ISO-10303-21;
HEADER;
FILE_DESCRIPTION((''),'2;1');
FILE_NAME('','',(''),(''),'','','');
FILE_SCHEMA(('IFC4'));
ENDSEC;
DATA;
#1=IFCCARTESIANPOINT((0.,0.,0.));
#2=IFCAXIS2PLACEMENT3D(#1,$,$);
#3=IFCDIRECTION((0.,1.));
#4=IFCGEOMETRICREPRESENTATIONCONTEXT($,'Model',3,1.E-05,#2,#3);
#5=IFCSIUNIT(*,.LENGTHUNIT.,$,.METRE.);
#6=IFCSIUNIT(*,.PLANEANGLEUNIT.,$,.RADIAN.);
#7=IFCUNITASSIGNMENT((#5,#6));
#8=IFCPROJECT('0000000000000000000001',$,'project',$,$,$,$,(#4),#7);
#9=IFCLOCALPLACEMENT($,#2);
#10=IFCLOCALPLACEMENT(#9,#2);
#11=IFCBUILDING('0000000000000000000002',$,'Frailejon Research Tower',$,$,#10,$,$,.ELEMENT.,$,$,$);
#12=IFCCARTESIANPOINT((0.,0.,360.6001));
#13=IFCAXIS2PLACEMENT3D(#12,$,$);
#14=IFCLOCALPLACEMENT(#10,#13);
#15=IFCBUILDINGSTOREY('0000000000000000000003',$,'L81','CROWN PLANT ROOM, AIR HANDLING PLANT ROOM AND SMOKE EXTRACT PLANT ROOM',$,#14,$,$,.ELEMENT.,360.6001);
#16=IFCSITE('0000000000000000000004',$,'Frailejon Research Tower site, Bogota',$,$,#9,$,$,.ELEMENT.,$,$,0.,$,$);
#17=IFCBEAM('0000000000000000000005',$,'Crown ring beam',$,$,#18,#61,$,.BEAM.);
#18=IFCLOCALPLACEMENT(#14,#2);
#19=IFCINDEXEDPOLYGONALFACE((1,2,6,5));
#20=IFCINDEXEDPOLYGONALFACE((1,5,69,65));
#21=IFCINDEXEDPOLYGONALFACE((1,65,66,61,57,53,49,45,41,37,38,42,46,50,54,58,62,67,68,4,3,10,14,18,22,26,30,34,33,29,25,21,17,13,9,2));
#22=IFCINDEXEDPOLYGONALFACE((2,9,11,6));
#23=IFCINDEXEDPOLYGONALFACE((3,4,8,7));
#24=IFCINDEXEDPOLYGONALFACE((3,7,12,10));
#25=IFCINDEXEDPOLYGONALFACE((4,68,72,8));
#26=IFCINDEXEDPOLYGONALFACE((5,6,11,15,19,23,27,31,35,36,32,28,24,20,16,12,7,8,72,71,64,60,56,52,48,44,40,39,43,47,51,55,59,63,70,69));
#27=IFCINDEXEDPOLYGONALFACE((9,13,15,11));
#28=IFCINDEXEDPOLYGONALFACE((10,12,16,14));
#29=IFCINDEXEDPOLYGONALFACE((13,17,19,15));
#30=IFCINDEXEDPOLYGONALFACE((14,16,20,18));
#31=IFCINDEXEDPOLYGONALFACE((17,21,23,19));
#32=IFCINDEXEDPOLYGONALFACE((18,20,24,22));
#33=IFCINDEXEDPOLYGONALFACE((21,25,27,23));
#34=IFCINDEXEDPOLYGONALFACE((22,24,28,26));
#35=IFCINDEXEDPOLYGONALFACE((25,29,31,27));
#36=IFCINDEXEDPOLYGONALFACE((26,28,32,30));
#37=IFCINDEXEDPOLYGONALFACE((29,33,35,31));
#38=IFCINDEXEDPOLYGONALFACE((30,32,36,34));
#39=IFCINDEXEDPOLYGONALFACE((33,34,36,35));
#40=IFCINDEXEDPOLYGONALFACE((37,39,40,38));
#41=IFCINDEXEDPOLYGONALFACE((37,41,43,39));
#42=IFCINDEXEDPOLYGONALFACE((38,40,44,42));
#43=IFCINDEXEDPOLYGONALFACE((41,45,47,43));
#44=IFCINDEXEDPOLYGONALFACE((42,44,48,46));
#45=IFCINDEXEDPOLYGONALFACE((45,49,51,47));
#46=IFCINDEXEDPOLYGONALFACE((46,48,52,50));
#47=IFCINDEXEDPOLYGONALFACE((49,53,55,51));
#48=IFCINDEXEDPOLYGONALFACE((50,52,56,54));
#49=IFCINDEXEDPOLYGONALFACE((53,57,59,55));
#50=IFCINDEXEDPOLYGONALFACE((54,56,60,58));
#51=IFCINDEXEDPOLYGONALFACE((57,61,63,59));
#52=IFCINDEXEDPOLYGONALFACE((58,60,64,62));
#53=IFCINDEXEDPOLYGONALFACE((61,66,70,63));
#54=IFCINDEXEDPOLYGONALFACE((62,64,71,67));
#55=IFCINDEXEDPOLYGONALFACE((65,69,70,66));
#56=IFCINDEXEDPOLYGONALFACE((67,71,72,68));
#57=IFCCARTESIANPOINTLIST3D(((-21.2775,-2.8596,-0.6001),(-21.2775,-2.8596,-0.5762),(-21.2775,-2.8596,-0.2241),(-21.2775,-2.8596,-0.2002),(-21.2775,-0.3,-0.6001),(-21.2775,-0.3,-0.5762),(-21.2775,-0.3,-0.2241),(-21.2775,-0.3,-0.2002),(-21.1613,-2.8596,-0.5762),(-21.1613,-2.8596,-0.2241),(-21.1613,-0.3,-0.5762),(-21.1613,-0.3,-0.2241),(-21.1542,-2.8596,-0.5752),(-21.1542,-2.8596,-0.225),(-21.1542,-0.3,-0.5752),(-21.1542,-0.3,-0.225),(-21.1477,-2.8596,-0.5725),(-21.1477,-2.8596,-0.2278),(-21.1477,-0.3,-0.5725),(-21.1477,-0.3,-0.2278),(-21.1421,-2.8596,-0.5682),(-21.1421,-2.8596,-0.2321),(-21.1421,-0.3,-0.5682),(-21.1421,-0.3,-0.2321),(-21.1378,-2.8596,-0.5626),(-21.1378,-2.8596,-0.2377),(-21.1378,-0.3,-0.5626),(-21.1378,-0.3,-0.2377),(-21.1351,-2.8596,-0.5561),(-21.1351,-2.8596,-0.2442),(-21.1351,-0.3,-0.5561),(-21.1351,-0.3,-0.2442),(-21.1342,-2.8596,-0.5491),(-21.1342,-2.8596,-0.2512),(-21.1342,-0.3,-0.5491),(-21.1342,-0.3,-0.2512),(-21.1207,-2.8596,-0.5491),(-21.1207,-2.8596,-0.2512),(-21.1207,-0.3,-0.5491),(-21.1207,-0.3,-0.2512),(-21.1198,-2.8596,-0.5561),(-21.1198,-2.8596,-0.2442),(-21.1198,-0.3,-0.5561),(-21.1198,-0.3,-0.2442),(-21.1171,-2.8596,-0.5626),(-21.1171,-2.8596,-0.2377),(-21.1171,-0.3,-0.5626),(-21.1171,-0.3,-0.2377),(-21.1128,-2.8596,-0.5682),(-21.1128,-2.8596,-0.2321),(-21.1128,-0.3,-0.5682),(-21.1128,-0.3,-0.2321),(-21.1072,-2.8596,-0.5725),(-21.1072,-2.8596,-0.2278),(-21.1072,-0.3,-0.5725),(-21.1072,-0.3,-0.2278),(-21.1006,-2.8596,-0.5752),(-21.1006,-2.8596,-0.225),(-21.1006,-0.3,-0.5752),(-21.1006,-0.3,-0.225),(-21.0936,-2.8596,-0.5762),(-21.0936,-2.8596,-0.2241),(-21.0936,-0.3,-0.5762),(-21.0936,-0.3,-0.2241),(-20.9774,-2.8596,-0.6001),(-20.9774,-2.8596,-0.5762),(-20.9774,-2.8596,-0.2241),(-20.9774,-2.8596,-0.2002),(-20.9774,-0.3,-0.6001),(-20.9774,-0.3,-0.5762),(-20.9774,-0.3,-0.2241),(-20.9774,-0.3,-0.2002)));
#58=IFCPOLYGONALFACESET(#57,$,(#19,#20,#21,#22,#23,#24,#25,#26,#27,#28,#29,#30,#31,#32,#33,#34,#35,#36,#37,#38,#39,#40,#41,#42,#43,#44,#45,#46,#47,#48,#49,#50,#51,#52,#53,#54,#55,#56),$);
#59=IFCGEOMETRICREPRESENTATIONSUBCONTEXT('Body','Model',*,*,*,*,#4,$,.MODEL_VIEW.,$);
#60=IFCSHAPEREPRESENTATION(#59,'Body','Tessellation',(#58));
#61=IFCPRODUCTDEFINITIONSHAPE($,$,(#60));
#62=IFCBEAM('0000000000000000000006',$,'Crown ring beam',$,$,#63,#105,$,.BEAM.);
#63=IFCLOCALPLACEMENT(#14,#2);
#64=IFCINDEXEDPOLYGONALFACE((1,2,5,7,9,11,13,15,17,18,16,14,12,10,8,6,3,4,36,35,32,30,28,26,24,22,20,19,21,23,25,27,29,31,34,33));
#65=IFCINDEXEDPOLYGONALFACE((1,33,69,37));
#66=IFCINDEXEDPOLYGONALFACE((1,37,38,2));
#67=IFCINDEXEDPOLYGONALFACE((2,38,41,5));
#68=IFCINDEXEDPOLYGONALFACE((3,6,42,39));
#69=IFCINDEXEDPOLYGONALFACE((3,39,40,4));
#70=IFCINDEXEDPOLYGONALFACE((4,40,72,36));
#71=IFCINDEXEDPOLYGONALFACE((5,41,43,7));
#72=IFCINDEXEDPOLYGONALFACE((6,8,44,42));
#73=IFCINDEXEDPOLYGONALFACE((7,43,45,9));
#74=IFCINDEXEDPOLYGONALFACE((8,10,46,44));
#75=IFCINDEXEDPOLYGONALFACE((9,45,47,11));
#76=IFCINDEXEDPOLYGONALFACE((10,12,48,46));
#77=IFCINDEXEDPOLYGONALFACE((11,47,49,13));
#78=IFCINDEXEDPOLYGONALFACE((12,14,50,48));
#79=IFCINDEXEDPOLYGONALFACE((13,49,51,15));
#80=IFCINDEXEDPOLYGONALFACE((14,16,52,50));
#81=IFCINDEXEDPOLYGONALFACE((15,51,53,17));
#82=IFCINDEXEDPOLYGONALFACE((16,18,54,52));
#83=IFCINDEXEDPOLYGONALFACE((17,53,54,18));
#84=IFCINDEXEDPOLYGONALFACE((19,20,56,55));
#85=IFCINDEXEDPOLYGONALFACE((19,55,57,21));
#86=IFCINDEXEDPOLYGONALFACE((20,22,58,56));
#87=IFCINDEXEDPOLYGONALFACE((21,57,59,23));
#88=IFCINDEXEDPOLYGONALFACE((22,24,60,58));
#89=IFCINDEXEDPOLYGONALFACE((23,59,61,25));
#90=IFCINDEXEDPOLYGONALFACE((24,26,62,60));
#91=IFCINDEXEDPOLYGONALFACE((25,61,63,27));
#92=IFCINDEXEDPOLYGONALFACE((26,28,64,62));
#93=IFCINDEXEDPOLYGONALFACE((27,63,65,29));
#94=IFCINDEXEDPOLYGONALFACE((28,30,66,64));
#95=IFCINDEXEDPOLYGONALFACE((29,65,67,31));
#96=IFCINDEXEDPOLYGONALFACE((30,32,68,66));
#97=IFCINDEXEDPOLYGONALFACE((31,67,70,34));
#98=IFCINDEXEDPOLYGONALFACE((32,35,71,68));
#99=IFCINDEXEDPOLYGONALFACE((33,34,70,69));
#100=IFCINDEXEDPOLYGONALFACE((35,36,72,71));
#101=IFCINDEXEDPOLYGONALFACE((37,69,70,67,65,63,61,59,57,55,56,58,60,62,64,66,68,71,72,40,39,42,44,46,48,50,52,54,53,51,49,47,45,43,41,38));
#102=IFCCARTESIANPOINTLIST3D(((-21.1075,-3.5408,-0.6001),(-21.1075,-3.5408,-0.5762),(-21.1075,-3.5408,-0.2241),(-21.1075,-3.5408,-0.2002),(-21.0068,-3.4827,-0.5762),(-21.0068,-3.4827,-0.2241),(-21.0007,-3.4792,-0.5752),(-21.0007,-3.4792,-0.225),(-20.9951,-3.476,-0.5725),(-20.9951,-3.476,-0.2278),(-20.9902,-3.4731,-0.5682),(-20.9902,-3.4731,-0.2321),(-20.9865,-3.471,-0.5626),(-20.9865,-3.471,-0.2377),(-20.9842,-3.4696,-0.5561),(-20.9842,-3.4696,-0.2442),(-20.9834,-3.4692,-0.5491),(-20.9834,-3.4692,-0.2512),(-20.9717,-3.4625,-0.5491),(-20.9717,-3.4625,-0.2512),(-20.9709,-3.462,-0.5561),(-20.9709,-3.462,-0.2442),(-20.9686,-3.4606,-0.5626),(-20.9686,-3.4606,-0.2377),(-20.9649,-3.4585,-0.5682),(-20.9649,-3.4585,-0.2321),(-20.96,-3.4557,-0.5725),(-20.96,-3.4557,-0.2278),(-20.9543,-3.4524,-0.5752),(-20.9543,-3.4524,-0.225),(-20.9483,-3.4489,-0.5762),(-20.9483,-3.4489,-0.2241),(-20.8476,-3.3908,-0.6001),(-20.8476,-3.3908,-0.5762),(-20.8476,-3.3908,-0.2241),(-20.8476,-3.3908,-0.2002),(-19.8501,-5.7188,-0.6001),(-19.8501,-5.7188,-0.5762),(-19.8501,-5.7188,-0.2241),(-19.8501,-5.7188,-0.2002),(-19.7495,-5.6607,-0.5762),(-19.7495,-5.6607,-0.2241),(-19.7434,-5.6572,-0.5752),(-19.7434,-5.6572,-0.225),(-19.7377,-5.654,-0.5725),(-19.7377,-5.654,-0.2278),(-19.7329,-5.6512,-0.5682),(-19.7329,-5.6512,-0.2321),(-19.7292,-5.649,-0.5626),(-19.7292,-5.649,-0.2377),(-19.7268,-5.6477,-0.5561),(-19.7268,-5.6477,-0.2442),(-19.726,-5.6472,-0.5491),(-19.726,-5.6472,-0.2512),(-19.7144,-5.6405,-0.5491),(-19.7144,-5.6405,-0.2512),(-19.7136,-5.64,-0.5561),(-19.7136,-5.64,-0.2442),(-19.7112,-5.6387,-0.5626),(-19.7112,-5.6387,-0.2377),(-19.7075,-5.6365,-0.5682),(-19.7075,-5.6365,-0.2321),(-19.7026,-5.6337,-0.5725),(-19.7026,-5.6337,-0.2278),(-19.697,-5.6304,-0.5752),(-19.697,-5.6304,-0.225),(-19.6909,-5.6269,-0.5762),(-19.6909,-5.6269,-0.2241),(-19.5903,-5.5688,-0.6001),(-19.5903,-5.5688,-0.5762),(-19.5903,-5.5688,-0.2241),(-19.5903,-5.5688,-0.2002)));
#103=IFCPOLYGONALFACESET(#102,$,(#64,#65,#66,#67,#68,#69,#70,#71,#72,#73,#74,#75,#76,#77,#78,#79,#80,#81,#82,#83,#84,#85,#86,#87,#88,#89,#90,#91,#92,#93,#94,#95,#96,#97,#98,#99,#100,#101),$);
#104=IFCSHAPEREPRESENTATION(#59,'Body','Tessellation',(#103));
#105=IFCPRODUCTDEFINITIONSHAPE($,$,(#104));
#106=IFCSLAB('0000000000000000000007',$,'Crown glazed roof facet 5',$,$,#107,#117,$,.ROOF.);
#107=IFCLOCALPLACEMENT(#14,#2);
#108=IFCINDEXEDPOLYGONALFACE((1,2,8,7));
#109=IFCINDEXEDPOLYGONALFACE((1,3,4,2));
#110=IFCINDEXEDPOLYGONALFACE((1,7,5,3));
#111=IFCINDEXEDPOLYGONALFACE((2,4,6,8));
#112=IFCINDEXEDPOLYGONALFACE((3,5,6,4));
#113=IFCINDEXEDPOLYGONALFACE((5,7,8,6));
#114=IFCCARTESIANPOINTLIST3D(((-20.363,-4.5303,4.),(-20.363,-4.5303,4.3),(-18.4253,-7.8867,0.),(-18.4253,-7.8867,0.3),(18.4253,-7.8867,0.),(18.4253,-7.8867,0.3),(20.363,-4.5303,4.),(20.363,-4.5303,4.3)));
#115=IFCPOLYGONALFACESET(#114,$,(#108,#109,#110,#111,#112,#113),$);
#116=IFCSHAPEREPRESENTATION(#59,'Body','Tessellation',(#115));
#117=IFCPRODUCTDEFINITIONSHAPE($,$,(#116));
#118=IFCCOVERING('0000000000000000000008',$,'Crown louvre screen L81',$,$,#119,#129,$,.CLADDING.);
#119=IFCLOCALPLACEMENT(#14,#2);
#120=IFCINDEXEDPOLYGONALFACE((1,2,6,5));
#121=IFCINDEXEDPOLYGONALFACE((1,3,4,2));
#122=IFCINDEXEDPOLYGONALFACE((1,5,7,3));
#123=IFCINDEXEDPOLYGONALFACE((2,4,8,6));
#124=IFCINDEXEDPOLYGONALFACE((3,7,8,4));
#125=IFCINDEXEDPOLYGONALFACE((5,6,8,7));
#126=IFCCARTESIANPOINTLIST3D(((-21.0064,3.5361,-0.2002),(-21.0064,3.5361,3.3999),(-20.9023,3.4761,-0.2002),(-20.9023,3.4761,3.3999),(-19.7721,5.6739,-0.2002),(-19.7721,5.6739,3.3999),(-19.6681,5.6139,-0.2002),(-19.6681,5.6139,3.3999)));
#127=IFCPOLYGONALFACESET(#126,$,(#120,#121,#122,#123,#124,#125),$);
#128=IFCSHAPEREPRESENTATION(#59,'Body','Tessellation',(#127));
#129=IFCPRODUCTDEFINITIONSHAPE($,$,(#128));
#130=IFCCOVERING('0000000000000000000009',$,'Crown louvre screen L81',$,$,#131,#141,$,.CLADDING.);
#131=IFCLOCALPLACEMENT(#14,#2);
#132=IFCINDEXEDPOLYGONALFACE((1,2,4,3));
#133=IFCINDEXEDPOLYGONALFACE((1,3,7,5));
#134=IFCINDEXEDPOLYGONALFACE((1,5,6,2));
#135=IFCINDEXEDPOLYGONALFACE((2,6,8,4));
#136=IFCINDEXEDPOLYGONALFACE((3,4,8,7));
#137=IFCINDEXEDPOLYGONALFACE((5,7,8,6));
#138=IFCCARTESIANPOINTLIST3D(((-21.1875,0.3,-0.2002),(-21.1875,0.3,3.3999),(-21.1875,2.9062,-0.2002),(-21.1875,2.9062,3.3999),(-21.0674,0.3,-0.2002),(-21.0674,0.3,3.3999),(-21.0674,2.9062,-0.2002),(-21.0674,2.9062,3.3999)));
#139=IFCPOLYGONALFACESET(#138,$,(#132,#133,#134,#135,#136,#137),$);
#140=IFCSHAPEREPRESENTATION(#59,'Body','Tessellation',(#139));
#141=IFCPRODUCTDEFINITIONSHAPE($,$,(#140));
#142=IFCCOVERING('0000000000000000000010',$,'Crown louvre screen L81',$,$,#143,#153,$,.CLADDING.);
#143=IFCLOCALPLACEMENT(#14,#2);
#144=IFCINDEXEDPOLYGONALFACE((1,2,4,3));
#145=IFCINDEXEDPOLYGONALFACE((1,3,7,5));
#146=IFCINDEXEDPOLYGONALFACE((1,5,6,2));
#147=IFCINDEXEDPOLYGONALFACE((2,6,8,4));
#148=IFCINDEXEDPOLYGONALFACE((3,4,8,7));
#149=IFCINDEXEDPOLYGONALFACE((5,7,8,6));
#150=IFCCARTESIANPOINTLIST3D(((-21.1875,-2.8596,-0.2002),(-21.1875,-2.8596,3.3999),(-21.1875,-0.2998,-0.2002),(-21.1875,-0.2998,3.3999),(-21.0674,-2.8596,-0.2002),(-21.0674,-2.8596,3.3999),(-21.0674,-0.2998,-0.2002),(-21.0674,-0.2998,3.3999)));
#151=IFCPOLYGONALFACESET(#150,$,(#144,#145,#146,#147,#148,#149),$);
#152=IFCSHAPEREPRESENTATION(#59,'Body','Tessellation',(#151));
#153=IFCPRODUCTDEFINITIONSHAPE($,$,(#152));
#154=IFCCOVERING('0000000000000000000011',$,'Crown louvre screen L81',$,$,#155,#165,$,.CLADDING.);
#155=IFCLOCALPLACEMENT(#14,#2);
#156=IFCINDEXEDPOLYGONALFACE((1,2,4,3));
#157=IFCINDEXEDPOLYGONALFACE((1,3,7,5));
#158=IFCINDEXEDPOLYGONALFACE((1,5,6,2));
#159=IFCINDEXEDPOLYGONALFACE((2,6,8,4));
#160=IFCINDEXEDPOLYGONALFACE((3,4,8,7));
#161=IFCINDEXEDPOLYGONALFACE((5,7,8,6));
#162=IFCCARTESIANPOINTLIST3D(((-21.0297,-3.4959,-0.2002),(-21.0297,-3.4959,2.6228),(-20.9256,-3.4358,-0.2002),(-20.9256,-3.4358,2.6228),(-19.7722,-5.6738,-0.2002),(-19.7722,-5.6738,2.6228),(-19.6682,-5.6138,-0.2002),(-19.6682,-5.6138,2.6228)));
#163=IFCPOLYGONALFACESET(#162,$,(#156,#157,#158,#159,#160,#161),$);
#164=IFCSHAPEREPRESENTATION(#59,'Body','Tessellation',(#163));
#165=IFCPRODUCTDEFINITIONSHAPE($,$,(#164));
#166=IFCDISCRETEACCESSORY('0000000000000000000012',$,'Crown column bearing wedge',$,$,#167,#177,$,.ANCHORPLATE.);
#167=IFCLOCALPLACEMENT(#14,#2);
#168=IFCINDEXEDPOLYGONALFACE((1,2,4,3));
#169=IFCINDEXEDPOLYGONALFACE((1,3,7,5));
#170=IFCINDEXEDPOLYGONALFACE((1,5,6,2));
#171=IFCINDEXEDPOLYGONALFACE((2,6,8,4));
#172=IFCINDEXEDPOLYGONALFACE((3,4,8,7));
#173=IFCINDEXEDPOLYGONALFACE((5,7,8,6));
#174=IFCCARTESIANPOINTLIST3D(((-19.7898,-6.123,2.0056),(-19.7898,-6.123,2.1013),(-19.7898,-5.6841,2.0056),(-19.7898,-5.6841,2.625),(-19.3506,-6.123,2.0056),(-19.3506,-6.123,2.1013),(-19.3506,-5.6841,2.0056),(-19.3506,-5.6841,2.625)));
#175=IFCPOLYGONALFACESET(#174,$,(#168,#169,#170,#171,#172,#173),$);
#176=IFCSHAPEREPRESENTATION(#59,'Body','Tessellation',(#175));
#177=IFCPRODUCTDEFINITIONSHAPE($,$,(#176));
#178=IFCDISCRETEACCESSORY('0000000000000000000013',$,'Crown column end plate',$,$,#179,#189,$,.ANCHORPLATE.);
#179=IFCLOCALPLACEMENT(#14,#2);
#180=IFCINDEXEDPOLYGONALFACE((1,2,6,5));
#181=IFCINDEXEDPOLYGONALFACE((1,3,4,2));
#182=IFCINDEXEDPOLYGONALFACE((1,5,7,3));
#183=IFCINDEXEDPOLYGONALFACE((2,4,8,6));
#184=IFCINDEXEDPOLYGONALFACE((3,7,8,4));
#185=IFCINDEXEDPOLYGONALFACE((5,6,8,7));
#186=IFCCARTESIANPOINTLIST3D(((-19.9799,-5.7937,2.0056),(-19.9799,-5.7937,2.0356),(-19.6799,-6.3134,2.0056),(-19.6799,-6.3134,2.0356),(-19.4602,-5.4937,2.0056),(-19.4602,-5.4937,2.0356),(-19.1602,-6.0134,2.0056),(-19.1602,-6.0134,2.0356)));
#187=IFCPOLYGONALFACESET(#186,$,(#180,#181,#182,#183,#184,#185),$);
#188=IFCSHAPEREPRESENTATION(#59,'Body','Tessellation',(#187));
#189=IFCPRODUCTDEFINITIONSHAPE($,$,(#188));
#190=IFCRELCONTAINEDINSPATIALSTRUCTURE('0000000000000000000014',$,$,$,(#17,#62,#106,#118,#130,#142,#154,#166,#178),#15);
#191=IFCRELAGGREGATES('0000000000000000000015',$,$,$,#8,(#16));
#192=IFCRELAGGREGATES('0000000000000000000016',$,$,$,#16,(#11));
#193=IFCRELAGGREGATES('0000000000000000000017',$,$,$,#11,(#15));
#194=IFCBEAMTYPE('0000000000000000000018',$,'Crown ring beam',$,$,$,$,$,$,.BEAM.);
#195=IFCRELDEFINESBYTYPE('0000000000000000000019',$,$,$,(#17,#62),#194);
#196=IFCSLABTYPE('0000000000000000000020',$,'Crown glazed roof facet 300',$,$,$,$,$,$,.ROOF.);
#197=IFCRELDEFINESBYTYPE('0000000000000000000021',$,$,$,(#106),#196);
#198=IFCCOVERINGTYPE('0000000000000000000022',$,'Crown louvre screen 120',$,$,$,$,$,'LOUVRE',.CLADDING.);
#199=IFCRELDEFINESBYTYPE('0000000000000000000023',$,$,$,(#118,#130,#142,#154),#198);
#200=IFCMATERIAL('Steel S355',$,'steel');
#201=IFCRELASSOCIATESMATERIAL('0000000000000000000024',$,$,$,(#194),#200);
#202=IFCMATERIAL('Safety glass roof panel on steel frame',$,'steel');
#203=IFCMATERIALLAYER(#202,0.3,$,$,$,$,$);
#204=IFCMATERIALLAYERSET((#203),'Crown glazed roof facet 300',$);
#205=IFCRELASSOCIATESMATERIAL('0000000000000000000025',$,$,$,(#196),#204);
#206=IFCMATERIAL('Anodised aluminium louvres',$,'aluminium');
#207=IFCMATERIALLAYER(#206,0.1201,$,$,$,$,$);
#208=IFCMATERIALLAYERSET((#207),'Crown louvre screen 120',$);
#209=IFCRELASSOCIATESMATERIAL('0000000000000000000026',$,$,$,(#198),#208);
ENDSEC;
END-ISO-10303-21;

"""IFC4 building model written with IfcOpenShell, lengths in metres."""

from ifc_helpers import new_model, si_unit, direction, frame, origin, origin_2d, place, context, subcontext, project, spatial, polyline, rectangle, i_section, outline, extrude, material, layer, layer_set, material_profile, profile_set, type_object, element, save


model = new_model("IFC4")

# Units and contexts
model_context = context("Model", 3, precision=1e-05, world=origin(), true_north=direction((0.0, 1.0)))
body_context = subcontext(model_context, "Body", "Model", "MODEL_VIEW")
ifc_project = project(units=[si_unit("LENGTHUNIT", "METRE"), si_unit("PLANEANGLEUNIT", "RADIAN")], contexts=[model_context])

# Site, building, storey
site_placement = place(None, origin())
site = spatial("IfcSite", under=ifc_project, at=site_placement, Name="Frailejon Research Tower site, Bogota", CompositionType="ELEMENT", RefElevation=0.0)
building_placement = place(site_placement, origin())
building = spatial("IfcBuilding", under=site, at=building_placement, Name="Frailejon Research Tower", CompositionType="ELEMENT")
storey_placement = place(building_placement, frame((0.0, 0.0, 360.6001)))
storey = spatial("IfcBuildingStorey", under=building, at=storey_placement, Name="L81", Description="CROWN PLANT ROOM, AIR HANDLING PLANT ROOM AND SMOKE EXTRACT PLANT ROOM", CompositionType="ELEMENT", Elevation=360.6001)

# Beams
ifc_material_1 = material(Name="Steel S355", Category="steel")
ifc_material_profile_1 = material_profile(ifc_material_1, i_section(OverallWidth=0.3, OverallDepth=0.3999, WebThickness=0.0134, FlangeThickness=0.0239, FilletRadius=0.0271, at=origin_2d()), Name="HE 400 B")
ifc_profile_set_1 = profile_set([ifc_material_profile_1], Name="Steel S355")
beam_type_1 = type_object("IfcBeamType", Name="Crown ring beam", PredefinedType="BEAM", material=ifc_profile_set_1)
beam_1_placement = place(storey_placement, frame((-21.1274, -0.3, -0.4001), z_axis=(0.0, -1.0, 0.0), x_axis=(1.0, 0.0, 0.0)))
element("IfcBeam", 1, at=beam_1_placement, inside=storey, type_object=beam_type_1, Name="Crown ring beam", PredefinedType="BEAM", context=body_context, shape_type="SweptSolid", body=[
    extrude(i_section(OverallWidth=0.3, OverallDepth=0.3999, WebThickness=0.0134, FlangeThickness=0.0239, FilletRadius=0.0271, at=origin_2d()), origin(), (0.0, 0.0, 1.0), 2.5596),
])
beam_2_placement = place(storey_placement, frame((-20.9775, -3.4658, -0.4001), z_axis=(0.499961, -0.866048, 0.0), x_axis=(0.866048, 0.499961, 0.0)))
element("IfcBeam", 2, at=beam_2_placement, inside=storey, type_object=beam_type_1, Name="Crown ring beam", PredefinedType="BEAM", context=body_context, shape_type="SweptSolid", body=[
    extrude(i_section(OverallWidth=0.3, OverallDepth=0.3999, WebThickness=0.0134, FlangeThickness=0.0239, FilletRadius=0.0271, at=origin_2d()), origin(), (0.0, 0.0, 1.0), 2.5149),
])

# Slab
ifc_material_2 = material(Name="Safety glass roof panel on steel frame", Category="steel")
ifc_layer_1 = layer(ifc_material_2, 0.3)
ifc_layer_set_1 = layer_set([ifc_layer_1], Name="Crown glazed roof facet 300")
slab_type = type_object("IfcSlabType", Name="Crown glazed roof facet 300", PredefinedType="ROOF", material=ifc_layer_set_1)
slab_placement = place(storey_placement, frame((-20.363, -4.5303, 4.0), z_axis=(0.0, -0.76604, 0.642793), x_axis=(1.0, 0.0, 0.0)))
element("IfcSlab", 3, at=slab_placement, inside=storey, type_object=slab_type, Name="Crown glazed roof facet 5", PredefinedType="ROOF", context=body_context, shape_type="SweptSolid", body=[
    extrude(outline(polyline([(0.0, 0.0), (40.7261, 0.0), (38.7883, -5.2217), (1.9377, -5.2217), (0.0, 0.0)])), origin(), (0.0, 0.76604, 0.642793), 0.3),
])

# Coverings
ifc_material_3 = material(Name="Anodised aluminium louvres", Category="aluminium")
ifc_layer_2 = layer(ifc_material_3, 0.1201)
ifc_layer_set_2 = layer_set([ifc_layer_2], Name="Crown louvre screen 120")
covering_type = type_object("IfcCoveringType", Name="Crown louvre screen 120", ElementType="LOUVRE", PredefinedType="CLADDING", material=ifc_layer_set_2)
covering_1_placement = place(storey_placement, frame((-20.9543, 3.5061, -0.2002), z_axis=(0.499999, 0.866026, 0.0), x_axis=(-0.866026, 0.499999, 0.0)))
element("IfcCovering", 4, at=covering_1_placement, inside=storey, type_object=covering_type, Name="Crown louvre screen L81", PredefinedType="CLADDING", context=body_context, shape_type="SweptSolid", body=[
    extrude(outline(polyline([(-0.0601, 0.0), (0.0601, 0.0), (0.0601, 3.6001), (-0.0601, 3.6001), (-0.0601, 0.0)])), origin(), (0.0, 0.0, 1.0), 2.4685),
])
covering_2_placement = place(storey_placement, frame((-21.1274, 0.3, -0.2002), z_axis=(0.0, 1.0, 0.0), x_axis=(-1.0, 0.0, 0.0)))
element("IfcCovering", 5, at=covering_2_placement, inside=storey, type_object=covering_type, Name="Crown louvre screen L81", PredefinedType="CLADDING", context=body_context, shape_type="SweptSolid", body=[
    extrude(outline(polyline([(-0.0601, 0.0), (0.0601, 0.0), (0.0601, 3.6001), (-0.0601, 3.6001), (-0.0601, 0.0)])), origin(), (0.0, 0.0, 1.0), 2.6062),
])
covering_3_placement = place(storey_placement, frame((-21.1274, -2.8596, -0.2002), z_axis=(0.0, 1.0, 0.0), x_axis=(-1.0, 0.0, 0.0)))
element("IfcCovering", 6, at=covering_3_placement, inside=storey, type_object=covering_type, Name="Crown louvre screen L81", PredefinedType="CLADDING", context=body_context, shape_type="SweptSolid", body=[
    extrude(outline(polyline([(-0.0601, 0.0), (0.0601, 0.0), (0.0601, 3.6001), (-0.0601, 3.6001), (-0.0601, 0.0)])), origin(), (0.0, 0.0, 1.0), 2.5598),
])
covering_4_placement = place(storey_placement, frame((-19.7202, -5.6438, -0.2002), z_axis=(-0.499997, 0.866027, 0.0), x_axis=(-0.866027, -0.499997, 0.0)))
element("IfcCovering", 7, at=covering_4_placement, inside=storey, type_object=covering_type, Name="Crown louvre screen L81", PredefinedType="CLADDING", context=body_context, shape_type="SweptSolid", body=[
    extrude(outline(polyline([(-0.0601, 0.0), (0.0601, 0.0), (0.0601, 2.823), (-0.0601, 2.823), (-0.0601, 0.0)])), origin(), (0.0, 0.0, 1.0), 2.5149),
])

# Discrete accessories
discrete_accessory_1_placement = place(storey_placement, frame((-19.7898, -5.9036, 2.0056), z_axis=(1.0, 0.0, 0.0), x_axis=(0.0, 1.0, 0.0)))
element("IfcDiscreteAccessory", 8, at=discrete_accessory_1_placement, inside=storey, Name="Crown column bearing wedge", PredefinedType="ANCHORPLATE", context=body_context, shape_type="SweptSolid", body=[
    extrude(outline(polyline([(-0.2195, 0.0), (0.2195, 0.0), (0.2195, 0.6194), (-0.2195, 0.0957), (-0.2195, 0.0)])), origin(), (0.0, 0.0, 1.0), 0.4392),
])
discrete_accessory_2_placement = place(storey_placement, frame((-19.5701, -5.9036, 2.0056), z_axis=(0.0, 0.0, 1.0), x_axis=(0.5, -0.866025, 0.0)))
element("IfcDiscreteAccessory", 9, at=discrete_accessory_2_placement, inside=storey, Name="Crown column end plate", PredefinedType="ANCHORPLATE", context=body_context, shape_type="SweptSolid", body=[
    extrude(rectangle(XDim=0.6001, YDim=0.6001, at=origin_2d()), origin(), (0.0, 0.0, 1.0), 0.03),
])

save(model, "model.ifc")
